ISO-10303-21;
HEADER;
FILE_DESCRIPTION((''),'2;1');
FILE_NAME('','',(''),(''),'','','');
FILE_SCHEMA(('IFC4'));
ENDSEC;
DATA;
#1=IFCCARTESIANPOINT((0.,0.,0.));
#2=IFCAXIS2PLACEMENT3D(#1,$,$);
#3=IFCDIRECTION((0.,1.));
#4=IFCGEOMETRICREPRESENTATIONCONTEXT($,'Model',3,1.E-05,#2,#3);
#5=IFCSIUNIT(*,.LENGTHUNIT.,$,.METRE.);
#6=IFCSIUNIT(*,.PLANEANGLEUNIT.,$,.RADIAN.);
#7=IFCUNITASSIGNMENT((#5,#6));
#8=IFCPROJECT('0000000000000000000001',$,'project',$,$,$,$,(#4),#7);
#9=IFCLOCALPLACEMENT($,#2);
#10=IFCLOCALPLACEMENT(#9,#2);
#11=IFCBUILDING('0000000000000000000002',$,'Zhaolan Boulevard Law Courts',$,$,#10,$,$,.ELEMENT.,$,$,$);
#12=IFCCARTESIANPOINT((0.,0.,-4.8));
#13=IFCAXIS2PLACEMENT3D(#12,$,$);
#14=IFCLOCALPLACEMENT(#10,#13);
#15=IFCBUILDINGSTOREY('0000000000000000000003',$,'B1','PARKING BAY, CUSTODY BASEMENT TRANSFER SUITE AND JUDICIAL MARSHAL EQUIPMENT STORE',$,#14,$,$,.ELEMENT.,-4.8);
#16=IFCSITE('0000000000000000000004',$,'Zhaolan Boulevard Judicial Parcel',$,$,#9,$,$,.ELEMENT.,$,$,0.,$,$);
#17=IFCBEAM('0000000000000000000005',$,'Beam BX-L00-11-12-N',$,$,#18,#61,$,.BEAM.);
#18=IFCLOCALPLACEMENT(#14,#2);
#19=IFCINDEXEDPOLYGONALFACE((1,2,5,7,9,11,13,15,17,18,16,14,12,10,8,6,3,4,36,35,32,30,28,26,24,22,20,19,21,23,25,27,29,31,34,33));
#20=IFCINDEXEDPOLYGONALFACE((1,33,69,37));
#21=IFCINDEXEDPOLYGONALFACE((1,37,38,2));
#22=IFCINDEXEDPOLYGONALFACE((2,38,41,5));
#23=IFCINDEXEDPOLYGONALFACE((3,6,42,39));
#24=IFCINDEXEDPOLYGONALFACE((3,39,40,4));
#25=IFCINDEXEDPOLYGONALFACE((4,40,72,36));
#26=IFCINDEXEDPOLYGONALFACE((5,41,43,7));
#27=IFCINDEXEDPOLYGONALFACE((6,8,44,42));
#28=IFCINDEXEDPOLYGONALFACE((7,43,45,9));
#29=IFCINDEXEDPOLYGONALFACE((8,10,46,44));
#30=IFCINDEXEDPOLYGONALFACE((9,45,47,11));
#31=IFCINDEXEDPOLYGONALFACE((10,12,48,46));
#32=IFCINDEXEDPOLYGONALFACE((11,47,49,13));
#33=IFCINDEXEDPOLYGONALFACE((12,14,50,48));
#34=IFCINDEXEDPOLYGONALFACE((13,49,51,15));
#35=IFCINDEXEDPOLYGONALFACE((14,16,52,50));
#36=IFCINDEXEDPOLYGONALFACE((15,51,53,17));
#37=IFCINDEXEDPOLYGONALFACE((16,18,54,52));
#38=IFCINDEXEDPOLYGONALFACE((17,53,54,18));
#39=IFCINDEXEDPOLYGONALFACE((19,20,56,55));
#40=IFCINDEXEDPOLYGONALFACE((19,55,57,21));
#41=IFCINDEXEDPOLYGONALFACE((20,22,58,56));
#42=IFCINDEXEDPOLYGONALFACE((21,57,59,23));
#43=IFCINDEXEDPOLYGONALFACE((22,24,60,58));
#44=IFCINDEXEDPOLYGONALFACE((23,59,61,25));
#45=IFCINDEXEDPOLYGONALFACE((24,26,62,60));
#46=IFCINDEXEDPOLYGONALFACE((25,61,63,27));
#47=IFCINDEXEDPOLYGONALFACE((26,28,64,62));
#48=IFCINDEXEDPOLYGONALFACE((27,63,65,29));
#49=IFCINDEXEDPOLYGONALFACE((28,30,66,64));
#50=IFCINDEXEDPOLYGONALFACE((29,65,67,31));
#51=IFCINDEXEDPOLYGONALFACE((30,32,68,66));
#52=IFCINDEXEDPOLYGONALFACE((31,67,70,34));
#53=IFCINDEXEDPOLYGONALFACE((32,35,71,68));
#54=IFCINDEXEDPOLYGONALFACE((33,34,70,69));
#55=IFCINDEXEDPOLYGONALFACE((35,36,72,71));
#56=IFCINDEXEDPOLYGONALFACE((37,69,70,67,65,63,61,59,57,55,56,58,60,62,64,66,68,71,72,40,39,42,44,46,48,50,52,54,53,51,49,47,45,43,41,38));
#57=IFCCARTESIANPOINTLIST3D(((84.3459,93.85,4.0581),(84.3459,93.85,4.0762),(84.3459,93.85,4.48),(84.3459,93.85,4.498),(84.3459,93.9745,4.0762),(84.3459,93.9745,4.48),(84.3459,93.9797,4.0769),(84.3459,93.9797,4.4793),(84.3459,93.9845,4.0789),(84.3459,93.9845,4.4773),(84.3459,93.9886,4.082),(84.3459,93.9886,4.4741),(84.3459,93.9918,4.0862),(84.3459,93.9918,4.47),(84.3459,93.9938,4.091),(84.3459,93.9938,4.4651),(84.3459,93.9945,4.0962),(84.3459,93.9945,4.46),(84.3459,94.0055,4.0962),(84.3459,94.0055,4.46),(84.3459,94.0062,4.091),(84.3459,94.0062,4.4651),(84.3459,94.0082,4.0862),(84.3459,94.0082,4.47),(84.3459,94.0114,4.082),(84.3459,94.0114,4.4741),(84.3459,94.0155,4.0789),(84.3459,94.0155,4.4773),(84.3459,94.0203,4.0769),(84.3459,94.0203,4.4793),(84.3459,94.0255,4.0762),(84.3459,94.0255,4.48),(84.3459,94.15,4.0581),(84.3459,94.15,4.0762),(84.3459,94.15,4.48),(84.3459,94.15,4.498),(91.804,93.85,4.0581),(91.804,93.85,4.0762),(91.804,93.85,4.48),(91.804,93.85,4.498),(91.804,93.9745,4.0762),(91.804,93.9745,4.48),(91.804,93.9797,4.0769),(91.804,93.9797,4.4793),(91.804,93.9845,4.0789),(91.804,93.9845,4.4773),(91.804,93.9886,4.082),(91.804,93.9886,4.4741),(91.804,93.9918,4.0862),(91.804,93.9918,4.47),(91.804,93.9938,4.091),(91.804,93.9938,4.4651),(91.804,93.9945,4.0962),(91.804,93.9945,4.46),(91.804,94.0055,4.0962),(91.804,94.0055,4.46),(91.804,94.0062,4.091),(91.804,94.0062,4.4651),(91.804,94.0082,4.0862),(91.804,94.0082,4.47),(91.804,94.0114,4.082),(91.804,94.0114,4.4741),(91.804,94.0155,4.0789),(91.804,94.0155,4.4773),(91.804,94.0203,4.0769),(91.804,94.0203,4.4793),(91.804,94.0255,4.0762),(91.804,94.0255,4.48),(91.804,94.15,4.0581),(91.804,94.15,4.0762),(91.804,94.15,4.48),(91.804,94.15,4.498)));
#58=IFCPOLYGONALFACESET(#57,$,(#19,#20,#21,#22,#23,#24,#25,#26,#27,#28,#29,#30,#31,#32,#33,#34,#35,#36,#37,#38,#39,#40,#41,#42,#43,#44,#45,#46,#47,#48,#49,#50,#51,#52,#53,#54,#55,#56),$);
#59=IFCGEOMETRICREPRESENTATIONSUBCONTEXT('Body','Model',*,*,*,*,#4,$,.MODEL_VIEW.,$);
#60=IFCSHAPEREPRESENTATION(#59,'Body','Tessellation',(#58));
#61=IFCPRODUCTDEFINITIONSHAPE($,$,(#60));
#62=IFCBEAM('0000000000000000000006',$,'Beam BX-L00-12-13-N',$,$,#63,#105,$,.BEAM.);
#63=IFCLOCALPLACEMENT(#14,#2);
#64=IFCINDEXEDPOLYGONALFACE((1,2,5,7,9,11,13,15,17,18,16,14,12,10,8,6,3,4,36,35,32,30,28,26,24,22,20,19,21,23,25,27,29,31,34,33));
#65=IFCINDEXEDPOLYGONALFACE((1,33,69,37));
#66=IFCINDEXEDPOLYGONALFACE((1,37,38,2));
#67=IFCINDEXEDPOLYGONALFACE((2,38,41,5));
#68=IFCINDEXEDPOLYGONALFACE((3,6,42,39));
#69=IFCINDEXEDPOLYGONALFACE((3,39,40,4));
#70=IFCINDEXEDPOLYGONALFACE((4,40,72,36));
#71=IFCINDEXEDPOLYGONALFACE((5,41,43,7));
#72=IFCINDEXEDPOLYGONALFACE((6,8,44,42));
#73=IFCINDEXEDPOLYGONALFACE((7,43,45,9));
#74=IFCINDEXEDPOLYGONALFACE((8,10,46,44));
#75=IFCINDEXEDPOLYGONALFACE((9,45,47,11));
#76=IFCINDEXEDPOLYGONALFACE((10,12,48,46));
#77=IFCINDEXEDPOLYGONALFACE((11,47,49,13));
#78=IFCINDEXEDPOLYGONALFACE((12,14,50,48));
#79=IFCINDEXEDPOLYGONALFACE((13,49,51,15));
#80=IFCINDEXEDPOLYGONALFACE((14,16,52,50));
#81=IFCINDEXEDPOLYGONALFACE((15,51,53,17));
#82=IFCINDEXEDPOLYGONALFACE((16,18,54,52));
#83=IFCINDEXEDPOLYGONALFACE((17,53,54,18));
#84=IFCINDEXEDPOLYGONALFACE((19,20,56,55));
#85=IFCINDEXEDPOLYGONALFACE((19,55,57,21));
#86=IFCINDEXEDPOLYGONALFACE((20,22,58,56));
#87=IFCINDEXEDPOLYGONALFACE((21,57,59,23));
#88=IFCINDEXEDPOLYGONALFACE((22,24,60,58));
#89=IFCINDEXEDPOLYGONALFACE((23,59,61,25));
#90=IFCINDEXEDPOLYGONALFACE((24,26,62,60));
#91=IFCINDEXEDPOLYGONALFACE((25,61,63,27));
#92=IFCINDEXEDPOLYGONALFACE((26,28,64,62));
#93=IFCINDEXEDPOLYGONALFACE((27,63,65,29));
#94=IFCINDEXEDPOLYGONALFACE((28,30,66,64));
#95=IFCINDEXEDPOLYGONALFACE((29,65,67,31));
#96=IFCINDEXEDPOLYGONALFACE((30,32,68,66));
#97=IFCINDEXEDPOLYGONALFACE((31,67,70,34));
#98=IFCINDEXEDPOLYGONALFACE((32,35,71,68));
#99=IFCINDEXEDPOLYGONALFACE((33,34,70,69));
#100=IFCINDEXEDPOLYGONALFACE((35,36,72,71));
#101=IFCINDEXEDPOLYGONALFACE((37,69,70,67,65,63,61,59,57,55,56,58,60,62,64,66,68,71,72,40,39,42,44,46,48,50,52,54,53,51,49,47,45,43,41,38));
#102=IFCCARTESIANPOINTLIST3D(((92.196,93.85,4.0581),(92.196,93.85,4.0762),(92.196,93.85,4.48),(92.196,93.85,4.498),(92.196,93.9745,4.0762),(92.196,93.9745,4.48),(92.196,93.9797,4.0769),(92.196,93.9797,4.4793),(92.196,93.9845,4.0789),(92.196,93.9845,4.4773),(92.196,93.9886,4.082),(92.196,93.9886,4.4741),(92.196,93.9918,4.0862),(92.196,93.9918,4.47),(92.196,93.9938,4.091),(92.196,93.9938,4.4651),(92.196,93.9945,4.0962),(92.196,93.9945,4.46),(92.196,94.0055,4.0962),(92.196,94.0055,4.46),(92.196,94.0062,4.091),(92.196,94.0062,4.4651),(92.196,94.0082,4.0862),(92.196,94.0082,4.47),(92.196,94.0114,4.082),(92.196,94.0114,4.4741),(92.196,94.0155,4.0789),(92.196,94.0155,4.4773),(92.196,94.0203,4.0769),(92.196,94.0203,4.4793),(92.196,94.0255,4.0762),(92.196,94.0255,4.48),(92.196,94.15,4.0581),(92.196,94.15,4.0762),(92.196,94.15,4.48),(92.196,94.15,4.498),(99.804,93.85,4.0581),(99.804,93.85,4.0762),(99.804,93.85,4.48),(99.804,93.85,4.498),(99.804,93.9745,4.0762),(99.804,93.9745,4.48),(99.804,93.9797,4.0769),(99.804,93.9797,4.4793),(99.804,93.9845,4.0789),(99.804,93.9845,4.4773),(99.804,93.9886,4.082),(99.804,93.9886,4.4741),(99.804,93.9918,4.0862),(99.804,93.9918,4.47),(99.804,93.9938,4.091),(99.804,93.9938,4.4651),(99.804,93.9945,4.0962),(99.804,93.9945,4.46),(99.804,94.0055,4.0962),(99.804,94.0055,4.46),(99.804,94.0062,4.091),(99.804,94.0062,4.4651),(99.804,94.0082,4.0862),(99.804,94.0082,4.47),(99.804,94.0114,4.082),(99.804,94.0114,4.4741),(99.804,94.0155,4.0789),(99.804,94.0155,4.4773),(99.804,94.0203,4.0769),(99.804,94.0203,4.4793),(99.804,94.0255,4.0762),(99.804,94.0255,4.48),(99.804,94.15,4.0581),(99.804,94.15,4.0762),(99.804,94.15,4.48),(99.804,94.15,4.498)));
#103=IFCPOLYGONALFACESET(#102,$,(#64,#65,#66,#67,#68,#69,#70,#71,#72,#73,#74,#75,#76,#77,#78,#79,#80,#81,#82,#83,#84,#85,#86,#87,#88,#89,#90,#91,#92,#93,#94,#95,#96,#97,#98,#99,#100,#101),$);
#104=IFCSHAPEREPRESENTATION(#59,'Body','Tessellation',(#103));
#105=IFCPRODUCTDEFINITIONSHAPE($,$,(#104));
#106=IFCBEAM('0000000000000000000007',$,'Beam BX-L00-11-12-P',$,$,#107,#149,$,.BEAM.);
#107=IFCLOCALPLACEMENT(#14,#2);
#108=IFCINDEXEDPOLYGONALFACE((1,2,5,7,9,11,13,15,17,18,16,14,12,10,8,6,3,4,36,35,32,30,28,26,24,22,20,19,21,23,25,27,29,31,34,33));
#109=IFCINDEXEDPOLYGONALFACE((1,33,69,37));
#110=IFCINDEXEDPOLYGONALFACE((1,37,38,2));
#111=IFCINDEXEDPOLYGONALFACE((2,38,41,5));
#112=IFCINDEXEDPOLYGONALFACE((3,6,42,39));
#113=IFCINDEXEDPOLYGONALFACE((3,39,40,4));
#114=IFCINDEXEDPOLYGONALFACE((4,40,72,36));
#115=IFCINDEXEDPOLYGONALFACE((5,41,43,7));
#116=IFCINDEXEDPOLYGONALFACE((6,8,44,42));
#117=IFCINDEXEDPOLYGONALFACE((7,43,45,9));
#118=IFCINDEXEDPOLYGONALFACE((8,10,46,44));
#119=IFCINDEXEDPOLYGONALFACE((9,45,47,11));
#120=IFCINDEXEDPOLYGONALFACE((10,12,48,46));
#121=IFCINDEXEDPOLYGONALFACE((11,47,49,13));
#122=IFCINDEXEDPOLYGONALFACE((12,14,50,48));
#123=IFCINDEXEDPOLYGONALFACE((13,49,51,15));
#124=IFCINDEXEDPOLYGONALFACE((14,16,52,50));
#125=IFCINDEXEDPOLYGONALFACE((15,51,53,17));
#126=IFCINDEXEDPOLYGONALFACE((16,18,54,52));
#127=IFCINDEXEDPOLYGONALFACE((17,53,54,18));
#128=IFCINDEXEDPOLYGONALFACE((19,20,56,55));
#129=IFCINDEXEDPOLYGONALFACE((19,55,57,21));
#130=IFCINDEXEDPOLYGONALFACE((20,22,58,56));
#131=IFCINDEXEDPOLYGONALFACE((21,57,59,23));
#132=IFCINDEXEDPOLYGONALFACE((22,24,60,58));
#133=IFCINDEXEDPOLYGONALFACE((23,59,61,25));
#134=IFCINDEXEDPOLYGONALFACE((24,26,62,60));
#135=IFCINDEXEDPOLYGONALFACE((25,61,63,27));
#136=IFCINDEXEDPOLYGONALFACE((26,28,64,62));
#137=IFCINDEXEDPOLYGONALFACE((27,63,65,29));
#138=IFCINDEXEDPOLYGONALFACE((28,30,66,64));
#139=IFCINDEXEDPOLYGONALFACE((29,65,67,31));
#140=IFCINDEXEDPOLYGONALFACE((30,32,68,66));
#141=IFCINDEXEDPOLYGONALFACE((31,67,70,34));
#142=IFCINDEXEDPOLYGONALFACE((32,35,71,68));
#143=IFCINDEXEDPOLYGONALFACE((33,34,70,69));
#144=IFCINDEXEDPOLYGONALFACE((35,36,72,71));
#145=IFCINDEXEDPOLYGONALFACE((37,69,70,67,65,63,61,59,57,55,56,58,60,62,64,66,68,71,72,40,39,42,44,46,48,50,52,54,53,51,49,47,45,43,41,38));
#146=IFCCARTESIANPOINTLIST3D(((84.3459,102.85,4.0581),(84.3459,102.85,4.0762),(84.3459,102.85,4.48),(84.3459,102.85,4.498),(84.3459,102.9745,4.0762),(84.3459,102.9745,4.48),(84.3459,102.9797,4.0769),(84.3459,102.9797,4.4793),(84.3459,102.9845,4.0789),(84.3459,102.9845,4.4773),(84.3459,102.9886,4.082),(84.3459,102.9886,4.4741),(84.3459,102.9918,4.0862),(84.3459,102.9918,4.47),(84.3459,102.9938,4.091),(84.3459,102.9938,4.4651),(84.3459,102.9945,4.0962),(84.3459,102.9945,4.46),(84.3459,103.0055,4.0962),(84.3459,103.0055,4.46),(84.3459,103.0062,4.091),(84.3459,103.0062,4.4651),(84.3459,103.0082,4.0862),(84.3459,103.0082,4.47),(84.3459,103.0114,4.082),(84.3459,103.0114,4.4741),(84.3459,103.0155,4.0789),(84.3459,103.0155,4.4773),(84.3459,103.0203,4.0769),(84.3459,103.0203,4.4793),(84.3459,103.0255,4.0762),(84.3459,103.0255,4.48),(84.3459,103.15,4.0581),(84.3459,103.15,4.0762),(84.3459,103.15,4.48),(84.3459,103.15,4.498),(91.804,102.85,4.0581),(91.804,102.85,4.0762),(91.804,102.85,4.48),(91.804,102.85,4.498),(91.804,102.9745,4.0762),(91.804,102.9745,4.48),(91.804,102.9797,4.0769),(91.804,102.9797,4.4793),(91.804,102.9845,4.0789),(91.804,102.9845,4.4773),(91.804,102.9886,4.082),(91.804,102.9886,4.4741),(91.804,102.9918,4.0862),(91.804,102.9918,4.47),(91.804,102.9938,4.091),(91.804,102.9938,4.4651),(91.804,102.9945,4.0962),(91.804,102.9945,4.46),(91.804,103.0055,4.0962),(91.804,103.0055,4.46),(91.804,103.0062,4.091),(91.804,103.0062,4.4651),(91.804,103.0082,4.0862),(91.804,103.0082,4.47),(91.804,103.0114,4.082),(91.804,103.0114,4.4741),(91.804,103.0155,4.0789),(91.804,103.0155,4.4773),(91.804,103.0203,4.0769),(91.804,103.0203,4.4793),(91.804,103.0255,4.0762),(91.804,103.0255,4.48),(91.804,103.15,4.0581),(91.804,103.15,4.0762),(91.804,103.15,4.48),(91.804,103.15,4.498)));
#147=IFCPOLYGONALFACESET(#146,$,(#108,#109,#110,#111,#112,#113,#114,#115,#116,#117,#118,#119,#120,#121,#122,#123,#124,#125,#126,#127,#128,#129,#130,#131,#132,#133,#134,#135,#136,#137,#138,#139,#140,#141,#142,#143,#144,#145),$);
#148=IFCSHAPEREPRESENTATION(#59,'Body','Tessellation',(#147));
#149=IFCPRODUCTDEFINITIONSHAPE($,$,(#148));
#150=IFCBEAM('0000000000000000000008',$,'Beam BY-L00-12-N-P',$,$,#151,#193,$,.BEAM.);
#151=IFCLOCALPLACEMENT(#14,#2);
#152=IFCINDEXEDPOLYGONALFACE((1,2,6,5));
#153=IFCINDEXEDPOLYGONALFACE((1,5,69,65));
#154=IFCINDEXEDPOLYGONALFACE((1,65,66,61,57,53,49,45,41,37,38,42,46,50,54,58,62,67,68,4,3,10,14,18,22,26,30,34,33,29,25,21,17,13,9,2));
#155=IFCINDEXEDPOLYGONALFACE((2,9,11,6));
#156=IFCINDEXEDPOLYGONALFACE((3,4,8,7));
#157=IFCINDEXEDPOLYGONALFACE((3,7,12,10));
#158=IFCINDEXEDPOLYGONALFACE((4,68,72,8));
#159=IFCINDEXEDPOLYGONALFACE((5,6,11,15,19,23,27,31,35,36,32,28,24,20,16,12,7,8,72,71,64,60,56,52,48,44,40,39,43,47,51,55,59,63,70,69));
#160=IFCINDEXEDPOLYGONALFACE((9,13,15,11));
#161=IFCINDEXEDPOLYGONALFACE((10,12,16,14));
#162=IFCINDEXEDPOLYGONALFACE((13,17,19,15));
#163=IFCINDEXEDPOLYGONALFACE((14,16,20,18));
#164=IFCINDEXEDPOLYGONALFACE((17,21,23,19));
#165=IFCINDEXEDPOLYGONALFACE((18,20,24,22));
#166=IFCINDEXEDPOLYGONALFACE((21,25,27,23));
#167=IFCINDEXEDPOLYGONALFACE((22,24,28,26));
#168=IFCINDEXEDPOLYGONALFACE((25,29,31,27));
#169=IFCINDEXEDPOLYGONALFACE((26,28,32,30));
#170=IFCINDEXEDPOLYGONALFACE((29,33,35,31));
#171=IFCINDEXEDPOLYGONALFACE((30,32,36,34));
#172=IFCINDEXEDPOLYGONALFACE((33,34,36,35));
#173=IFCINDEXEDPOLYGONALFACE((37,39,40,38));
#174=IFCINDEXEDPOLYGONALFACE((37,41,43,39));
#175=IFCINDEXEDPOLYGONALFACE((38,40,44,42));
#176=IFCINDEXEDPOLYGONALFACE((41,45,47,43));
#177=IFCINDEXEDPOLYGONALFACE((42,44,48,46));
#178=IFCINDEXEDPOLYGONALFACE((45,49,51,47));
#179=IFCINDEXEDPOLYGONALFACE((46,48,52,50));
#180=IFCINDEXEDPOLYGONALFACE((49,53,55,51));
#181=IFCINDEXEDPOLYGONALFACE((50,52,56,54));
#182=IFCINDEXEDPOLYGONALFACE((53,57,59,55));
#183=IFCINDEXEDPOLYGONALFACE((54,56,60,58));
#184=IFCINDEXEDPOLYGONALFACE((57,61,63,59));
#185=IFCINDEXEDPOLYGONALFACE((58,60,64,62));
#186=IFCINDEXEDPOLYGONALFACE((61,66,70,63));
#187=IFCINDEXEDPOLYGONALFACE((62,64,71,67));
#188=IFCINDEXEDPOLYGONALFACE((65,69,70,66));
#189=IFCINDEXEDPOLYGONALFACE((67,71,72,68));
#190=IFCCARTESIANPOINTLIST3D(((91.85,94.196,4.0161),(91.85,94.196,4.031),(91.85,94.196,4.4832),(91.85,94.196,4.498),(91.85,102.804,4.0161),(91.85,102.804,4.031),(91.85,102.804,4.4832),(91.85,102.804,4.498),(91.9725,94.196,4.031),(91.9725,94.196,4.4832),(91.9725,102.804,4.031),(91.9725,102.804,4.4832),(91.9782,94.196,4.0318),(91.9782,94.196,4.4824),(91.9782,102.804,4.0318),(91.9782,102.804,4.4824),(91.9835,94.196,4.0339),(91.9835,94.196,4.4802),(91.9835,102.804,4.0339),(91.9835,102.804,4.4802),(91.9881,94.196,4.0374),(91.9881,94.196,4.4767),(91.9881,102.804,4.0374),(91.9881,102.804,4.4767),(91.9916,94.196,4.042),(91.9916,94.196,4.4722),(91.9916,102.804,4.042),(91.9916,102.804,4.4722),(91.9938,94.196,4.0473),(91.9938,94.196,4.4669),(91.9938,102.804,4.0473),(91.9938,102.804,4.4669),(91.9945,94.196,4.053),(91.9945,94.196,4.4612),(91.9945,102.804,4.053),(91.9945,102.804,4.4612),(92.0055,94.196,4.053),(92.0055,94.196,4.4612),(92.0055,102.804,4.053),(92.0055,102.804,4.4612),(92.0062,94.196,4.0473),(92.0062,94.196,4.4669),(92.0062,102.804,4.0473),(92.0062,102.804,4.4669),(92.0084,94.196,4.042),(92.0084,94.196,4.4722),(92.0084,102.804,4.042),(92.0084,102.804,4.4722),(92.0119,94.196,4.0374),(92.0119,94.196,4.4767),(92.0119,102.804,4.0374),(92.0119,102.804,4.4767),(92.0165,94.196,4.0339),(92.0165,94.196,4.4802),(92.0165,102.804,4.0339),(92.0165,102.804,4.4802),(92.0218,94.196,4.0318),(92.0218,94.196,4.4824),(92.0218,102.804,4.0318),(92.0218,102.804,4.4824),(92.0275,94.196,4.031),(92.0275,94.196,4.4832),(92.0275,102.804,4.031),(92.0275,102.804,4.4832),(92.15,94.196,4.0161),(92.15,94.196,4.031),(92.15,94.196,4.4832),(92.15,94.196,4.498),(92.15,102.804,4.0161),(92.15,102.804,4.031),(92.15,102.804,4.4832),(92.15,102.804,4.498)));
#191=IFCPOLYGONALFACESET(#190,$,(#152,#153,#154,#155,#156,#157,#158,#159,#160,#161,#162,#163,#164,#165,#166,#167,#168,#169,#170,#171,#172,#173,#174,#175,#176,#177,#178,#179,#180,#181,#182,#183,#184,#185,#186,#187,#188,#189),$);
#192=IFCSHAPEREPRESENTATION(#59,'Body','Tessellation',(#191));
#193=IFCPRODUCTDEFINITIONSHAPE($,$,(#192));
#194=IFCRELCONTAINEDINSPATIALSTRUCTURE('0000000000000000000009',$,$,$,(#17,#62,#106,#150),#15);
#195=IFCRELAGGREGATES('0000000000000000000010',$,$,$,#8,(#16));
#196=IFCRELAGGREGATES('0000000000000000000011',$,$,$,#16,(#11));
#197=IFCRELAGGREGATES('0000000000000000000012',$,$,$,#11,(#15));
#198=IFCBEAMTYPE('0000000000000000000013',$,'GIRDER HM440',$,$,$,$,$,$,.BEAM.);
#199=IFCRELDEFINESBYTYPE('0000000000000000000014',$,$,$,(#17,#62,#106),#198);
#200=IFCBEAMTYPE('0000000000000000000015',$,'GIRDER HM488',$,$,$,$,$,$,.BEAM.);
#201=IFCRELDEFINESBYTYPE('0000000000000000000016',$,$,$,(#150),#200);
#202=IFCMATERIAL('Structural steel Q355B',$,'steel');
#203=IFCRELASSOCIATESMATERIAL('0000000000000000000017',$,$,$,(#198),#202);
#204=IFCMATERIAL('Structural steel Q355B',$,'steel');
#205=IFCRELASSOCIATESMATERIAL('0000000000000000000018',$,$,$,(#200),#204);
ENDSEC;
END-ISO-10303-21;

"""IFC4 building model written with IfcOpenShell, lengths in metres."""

from ifc_helpers import new_model, si_unit, direction, frame, origin, origin_2d, place, context, subcontext, project, spatial, i_section, extrude, material, material_profile, profile_set, type_object, element, save


model = new_model("IFC4")

# Units and contexts
model_context = context("Model", 3, precision=1e-05, world=origin(), true_north=direction((0.0, 1.0)))
body_context = subcontext(model_context, "Body", "Model", "MODEL_VIEW")
ifc_project = project(units=[si_unit("LENGTHUNIT", "METRE"), si_unit("PLANEANGLEUNIT", "RADIAN")], contexts=[model_context])

# Site, building, storey
site_placement = place(None, origin())
site = spatial("IfcSite", under=ifc_project, at=site_placement, Name="Zhaolan Boulevard Judicial Parcel", CompositionType="ELEMENT", RefElevation=0.0)
building_placement = place(site_placement, origin())
building = spatial("IfcBuilding", under=site, at=building_placement, Name="Zhaolan Boulevard Law Courts", CompositionType="ELEMENT")
storey_placement = place(building_placement, frame((0.0, 0.0, -4.8)))
storey = spatial("IfcBuildingStorey", under=building, at=storey_placement, Name="B1", Description="PARKING BAY, CUSTODY BASEMENT TRANSFER SUITE AND JUDICIAL MARSHAL EQUIPMENT STORE", CompositionType="ELEMENT", Elevation=-4.8)

# Beams
ifc_material_1 = material(Name="Structural steel Q355B", Category="steel")
ifc_material_profile_1 = material_profile(ifc_material_1, i_section(OverallWidth=0.3, OverallDepth=0.4399, WebThickness=0.011, FlangeThickness=0.0181, FilletRadius=0.02, at=origin_2d()), Name="HM440x300")
ifc_profile_set_1 = profile_set([ifc_material_profile_1], Name="Structural steel Q355B")
beam_type_1 = type_object("IfcBeamType", Name="GIRDER HM440", PredefinedType="BEAM", material=ifc_profile_set_1)
beam_1_placement = place(storey_placement, frame((84.3459, 94.0, 4.2781), z_axis=(1.0, 0.0, 0.0), x_axis=(0.0, 1.0, 0.0)))
element("IfcBeam", 1, at=beam_1_placement, inside=storey, type_object=beam_type_1, Name="Beam BX-L00-11-12-N", PredefinedType="BEAM", context=body_context, shape_type="SweptSolid", body=[
    extrude(i_section(OverallWidth=0.3, OverallDepth=0.4399, WebThickness=0.011, FlangeThickness=0.0181, FilletRadius=0.02, at=origin_2d()), origin(), (0.0, 0.0, 1.0), 7.458),
])
beam_2_placement = place(storey_placement, frame((92.196, 94.0, 4.2781), z_axis=(1.0, 0.0, 0.0), x_axis=(0.0, 1.0, 0.0)))
element("IfcBeam", 2, at=beam_2_placement, inside=storey, type_object=beam_type_1, Name="Beam BX-L00-12-13-N", PredefinedType="BEAM", context=body_context, shape_type="SweptSolid", body=[
    extrude(i_section(OverallWidth=0.3, OverallDepth=0.4399, WebThickness=0.011, FlangeThickness=0.0181, FilletRadius=0.02, at=origin_2d()), origin(), (0.0, 0.0, 1.0), 7.6079),
])
beam_3_placement = place(storey_placement, frame((84.3459, 103.0, 4.2781), z_axis=(1.0, 0.0, 0.0), x_axis=(0.0, 1.0, 0.0)))
element("IfcBeam", 3, at=beam_3_placement, inside=storey, type_object=beam_type_1, Name="Beam BX-L00-11-12-P", PredefinedType="BEAM", context=body_context, shape_type="SweptSolid", body=[
    extrude(i_section(OverallWidth=0.3, OverallDepth=0.4399, WebThickness=0.011, FlangeThickness=0.0181, FilletRadius=0.02, at=origin_2d()), origin(), (0.0, 0.0, 1.0), 7.458),
])
ifc_material_2 = material(Name="Structural steel Q355B", Category="steel")
ifc_material_profile_2 = material_profile(ifc_material_2, i_section(OverallWidth=0.3, OverallDepth=0.4819, WebThickness=0.011, FlangeThickness=0.0149, FilletRadius=0.022, at=origin_2d()), Name="HM482x300")
ifc_profile_set_2 = profile_set([ifc_material_profile_2], Name="Structural steel Q355B")
beam_type_2 = type_object("IfcBeamType", Name="GIRDER HM488", PredefinedType="BEAM", material=ifc_profile_set_2)
beam_4_placement = place(storey_placement, frame((92.0, 94.196, 4.2571), z_axis=(0.0, 1.0, 0.0), x_axis=(-1.0, 0.0, 0.0)))
element("IfcBeam", 4, at=beam_4_placement, inside=storey, type_object=beam_type_2, Name="Beam BY-L00-12-N-P", PredefinedType="BEAM", context=body_context, shape_type="SweptSolid", body=[
    extrude(i_section(OverallWidth=0.3, OverallDepth=0.4819, WebThickness=0.011, FlangeThickness=0.0149, FilletRadius=0.022, at=origin_2d()), origin(), (0.0, 0.0, 1.0), 8.6079),
])

save(model, "model.ifc")
